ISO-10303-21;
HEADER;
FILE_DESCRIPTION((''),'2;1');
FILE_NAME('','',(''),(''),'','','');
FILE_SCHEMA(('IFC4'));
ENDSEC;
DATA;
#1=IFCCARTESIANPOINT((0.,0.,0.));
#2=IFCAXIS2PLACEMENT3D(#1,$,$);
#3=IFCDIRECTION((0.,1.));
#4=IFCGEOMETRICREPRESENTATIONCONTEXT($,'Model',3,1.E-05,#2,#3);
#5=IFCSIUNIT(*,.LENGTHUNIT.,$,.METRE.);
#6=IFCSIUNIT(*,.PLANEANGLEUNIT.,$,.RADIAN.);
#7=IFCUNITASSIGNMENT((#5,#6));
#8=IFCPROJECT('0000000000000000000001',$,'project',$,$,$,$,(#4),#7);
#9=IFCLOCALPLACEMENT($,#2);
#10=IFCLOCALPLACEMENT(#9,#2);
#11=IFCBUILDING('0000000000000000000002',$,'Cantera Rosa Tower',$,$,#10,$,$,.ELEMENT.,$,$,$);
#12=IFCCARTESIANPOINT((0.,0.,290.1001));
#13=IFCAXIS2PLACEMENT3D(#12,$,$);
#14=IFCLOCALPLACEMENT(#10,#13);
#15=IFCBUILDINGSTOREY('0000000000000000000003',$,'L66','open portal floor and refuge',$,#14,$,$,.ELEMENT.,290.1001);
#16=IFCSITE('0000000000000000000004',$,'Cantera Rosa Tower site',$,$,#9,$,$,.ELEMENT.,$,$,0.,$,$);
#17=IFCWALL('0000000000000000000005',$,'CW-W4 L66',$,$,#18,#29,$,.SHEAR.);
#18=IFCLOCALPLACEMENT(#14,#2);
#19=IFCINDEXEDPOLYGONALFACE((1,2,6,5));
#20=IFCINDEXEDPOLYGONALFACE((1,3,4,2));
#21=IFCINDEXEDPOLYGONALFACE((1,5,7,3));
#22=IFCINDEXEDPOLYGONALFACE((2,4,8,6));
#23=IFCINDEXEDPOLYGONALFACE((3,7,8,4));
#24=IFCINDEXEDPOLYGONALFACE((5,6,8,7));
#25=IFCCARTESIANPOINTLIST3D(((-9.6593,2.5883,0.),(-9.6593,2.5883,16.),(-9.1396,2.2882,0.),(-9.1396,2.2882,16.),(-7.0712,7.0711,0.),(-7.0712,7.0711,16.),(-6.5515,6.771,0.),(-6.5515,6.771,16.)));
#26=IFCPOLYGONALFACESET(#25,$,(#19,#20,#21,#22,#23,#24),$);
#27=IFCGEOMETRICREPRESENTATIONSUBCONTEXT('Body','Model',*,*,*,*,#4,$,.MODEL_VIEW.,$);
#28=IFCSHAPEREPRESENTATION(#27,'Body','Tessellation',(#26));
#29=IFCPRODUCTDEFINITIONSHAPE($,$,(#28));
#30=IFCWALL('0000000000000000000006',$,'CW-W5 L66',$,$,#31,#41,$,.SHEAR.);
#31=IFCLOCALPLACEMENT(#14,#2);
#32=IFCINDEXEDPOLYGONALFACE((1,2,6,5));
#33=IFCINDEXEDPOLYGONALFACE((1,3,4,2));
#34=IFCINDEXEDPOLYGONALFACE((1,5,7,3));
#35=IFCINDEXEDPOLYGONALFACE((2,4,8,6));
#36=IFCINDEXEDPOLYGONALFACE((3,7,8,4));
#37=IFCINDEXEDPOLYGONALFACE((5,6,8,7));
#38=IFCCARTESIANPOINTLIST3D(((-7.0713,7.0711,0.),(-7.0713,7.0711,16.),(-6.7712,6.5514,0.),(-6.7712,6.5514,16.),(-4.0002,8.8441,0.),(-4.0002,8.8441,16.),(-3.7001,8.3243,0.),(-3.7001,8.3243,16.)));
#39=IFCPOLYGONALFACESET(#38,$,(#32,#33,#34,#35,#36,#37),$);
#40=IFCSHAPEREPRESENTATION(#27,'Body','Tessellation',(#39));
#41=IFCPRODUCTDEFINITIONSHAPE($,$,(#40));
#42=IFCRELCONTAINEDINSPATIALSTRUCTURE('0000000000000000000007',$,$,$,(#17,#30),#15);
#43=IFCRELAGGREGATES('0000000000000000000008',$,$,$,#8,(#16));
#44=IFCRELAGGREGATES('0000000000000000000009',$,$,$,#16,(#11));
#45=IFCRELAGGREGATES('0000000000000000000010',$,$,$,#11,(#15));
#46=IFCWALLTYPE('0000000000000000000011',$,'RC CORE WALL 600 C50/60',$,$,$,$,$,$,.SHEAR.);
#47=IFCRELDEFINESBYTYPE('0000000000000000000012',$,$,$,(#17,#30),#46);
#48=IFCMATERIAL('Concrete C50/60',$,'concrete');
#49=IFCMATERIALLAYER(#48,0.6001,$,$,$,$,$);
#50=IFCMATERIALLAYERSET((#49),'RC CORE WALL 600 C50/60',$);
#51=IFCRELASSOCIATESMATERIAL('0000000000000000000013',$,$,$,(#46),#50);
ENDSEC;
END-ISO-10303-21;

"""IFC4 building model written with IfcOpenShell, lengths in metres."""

from ifc_helpers import new_model, si_unit, direction, frame, frame_2d, origin, place, context, subcontext, project, spatial, rectangle, extrude, material, layer, layer_set, type_object, element, save


model = new_model("IFC4")

# Units and contexts
model_context = context("Model", 3, precision=1e-05, world=origin(), true_north=direction((0.0, 1.0)))
body_context = subcontext(model_context, "Body", "Model", "MODEL_VIEW")
ifc_project = project(units=[si_unit("LENGTHUNIT", "METRE"), si_unit("PLANEANGLEUNIT", "RADIAN")], contexts=[model_context])

# Site, building, storey
site_placement = place(None, origin())
site = spatial("IfcSite", under=ifc_project, at=site_placement, Name="Cantera Rosa Tower site", CompositionType="ELEMENT", RefElevation=0.0)
building_placement = place(site_placement, origin())
building = spatial("IfcBuilding", under=site, at=building_placement, Name="Cantera Rosa Tower", CompositionType="ELEMENT")
storey_placement = place(building_placement, frame((0.0, 0.0, 290.1001)))
storey = spatial("IfcBuildingStorey", under=building, at=storey_placement, Name="L66", Description="open portal floor and refuge", CompositionType="ELEMENT", Elevation=290.1001)

# Walls
ifc_material_1 = material(Name="Concrete C50/60", Category="concrete")
ifc_layer_1 = layer(ifc_material_1, 0.6001)
ifc_layer_set_1 = layer_set([ifc_layer_1], Name="RC CORE WALL 600 C50/60")
wall_type_1 = type_object("IfcWallType", Name="RC CORE WALL 600 C50/60", PredefinedType="SHEAR", material=ifc_layer_set_1)
wall_1_placement = place(storey_placement, frame((-9.3994, 2.4382, 0.0), z_axis=(0.0, 0.0, 1.0), x_axis=(0.499989, 0.866032, 0.0)))
element("IfcWall", 1, at=wall_1_placement, inside=storey, type_object=wall_type_1, Name="CW-W4 L66", PredefinedType="SHEAR", context=body_context, shape_type="SweptSolid", body=[
    extrude(rectangle(XDim=5.1763, YDim=0.6001, at=frame_2d((2.5881, 0.0))), origin(), (0.0, 0.0, 1.0), 16.0),
])
wall_2_placement = place(storey_placement, frame((-6.9211, 6.8113, 0.0), z_axis=(0.0, 0.0, 1.0), x_axis=(0.86604, 0.499975, 0.0)))
element("IfcWall", 2, at=wall_2_placement, inside=storey, type_object=wall_type_1, Name="CW-W5 L66", PredefinedType="SHEAR", context=body_context, shape_type="SweptSolid", body=[
    extrude(rectangle(XDim=3.5461, YDim=0.6001, at=frame_2d((1.7729, 0.0))), origin(), (0.0, 0.0, 1.0), 16.0),
])

save(model, "model.ifc")
